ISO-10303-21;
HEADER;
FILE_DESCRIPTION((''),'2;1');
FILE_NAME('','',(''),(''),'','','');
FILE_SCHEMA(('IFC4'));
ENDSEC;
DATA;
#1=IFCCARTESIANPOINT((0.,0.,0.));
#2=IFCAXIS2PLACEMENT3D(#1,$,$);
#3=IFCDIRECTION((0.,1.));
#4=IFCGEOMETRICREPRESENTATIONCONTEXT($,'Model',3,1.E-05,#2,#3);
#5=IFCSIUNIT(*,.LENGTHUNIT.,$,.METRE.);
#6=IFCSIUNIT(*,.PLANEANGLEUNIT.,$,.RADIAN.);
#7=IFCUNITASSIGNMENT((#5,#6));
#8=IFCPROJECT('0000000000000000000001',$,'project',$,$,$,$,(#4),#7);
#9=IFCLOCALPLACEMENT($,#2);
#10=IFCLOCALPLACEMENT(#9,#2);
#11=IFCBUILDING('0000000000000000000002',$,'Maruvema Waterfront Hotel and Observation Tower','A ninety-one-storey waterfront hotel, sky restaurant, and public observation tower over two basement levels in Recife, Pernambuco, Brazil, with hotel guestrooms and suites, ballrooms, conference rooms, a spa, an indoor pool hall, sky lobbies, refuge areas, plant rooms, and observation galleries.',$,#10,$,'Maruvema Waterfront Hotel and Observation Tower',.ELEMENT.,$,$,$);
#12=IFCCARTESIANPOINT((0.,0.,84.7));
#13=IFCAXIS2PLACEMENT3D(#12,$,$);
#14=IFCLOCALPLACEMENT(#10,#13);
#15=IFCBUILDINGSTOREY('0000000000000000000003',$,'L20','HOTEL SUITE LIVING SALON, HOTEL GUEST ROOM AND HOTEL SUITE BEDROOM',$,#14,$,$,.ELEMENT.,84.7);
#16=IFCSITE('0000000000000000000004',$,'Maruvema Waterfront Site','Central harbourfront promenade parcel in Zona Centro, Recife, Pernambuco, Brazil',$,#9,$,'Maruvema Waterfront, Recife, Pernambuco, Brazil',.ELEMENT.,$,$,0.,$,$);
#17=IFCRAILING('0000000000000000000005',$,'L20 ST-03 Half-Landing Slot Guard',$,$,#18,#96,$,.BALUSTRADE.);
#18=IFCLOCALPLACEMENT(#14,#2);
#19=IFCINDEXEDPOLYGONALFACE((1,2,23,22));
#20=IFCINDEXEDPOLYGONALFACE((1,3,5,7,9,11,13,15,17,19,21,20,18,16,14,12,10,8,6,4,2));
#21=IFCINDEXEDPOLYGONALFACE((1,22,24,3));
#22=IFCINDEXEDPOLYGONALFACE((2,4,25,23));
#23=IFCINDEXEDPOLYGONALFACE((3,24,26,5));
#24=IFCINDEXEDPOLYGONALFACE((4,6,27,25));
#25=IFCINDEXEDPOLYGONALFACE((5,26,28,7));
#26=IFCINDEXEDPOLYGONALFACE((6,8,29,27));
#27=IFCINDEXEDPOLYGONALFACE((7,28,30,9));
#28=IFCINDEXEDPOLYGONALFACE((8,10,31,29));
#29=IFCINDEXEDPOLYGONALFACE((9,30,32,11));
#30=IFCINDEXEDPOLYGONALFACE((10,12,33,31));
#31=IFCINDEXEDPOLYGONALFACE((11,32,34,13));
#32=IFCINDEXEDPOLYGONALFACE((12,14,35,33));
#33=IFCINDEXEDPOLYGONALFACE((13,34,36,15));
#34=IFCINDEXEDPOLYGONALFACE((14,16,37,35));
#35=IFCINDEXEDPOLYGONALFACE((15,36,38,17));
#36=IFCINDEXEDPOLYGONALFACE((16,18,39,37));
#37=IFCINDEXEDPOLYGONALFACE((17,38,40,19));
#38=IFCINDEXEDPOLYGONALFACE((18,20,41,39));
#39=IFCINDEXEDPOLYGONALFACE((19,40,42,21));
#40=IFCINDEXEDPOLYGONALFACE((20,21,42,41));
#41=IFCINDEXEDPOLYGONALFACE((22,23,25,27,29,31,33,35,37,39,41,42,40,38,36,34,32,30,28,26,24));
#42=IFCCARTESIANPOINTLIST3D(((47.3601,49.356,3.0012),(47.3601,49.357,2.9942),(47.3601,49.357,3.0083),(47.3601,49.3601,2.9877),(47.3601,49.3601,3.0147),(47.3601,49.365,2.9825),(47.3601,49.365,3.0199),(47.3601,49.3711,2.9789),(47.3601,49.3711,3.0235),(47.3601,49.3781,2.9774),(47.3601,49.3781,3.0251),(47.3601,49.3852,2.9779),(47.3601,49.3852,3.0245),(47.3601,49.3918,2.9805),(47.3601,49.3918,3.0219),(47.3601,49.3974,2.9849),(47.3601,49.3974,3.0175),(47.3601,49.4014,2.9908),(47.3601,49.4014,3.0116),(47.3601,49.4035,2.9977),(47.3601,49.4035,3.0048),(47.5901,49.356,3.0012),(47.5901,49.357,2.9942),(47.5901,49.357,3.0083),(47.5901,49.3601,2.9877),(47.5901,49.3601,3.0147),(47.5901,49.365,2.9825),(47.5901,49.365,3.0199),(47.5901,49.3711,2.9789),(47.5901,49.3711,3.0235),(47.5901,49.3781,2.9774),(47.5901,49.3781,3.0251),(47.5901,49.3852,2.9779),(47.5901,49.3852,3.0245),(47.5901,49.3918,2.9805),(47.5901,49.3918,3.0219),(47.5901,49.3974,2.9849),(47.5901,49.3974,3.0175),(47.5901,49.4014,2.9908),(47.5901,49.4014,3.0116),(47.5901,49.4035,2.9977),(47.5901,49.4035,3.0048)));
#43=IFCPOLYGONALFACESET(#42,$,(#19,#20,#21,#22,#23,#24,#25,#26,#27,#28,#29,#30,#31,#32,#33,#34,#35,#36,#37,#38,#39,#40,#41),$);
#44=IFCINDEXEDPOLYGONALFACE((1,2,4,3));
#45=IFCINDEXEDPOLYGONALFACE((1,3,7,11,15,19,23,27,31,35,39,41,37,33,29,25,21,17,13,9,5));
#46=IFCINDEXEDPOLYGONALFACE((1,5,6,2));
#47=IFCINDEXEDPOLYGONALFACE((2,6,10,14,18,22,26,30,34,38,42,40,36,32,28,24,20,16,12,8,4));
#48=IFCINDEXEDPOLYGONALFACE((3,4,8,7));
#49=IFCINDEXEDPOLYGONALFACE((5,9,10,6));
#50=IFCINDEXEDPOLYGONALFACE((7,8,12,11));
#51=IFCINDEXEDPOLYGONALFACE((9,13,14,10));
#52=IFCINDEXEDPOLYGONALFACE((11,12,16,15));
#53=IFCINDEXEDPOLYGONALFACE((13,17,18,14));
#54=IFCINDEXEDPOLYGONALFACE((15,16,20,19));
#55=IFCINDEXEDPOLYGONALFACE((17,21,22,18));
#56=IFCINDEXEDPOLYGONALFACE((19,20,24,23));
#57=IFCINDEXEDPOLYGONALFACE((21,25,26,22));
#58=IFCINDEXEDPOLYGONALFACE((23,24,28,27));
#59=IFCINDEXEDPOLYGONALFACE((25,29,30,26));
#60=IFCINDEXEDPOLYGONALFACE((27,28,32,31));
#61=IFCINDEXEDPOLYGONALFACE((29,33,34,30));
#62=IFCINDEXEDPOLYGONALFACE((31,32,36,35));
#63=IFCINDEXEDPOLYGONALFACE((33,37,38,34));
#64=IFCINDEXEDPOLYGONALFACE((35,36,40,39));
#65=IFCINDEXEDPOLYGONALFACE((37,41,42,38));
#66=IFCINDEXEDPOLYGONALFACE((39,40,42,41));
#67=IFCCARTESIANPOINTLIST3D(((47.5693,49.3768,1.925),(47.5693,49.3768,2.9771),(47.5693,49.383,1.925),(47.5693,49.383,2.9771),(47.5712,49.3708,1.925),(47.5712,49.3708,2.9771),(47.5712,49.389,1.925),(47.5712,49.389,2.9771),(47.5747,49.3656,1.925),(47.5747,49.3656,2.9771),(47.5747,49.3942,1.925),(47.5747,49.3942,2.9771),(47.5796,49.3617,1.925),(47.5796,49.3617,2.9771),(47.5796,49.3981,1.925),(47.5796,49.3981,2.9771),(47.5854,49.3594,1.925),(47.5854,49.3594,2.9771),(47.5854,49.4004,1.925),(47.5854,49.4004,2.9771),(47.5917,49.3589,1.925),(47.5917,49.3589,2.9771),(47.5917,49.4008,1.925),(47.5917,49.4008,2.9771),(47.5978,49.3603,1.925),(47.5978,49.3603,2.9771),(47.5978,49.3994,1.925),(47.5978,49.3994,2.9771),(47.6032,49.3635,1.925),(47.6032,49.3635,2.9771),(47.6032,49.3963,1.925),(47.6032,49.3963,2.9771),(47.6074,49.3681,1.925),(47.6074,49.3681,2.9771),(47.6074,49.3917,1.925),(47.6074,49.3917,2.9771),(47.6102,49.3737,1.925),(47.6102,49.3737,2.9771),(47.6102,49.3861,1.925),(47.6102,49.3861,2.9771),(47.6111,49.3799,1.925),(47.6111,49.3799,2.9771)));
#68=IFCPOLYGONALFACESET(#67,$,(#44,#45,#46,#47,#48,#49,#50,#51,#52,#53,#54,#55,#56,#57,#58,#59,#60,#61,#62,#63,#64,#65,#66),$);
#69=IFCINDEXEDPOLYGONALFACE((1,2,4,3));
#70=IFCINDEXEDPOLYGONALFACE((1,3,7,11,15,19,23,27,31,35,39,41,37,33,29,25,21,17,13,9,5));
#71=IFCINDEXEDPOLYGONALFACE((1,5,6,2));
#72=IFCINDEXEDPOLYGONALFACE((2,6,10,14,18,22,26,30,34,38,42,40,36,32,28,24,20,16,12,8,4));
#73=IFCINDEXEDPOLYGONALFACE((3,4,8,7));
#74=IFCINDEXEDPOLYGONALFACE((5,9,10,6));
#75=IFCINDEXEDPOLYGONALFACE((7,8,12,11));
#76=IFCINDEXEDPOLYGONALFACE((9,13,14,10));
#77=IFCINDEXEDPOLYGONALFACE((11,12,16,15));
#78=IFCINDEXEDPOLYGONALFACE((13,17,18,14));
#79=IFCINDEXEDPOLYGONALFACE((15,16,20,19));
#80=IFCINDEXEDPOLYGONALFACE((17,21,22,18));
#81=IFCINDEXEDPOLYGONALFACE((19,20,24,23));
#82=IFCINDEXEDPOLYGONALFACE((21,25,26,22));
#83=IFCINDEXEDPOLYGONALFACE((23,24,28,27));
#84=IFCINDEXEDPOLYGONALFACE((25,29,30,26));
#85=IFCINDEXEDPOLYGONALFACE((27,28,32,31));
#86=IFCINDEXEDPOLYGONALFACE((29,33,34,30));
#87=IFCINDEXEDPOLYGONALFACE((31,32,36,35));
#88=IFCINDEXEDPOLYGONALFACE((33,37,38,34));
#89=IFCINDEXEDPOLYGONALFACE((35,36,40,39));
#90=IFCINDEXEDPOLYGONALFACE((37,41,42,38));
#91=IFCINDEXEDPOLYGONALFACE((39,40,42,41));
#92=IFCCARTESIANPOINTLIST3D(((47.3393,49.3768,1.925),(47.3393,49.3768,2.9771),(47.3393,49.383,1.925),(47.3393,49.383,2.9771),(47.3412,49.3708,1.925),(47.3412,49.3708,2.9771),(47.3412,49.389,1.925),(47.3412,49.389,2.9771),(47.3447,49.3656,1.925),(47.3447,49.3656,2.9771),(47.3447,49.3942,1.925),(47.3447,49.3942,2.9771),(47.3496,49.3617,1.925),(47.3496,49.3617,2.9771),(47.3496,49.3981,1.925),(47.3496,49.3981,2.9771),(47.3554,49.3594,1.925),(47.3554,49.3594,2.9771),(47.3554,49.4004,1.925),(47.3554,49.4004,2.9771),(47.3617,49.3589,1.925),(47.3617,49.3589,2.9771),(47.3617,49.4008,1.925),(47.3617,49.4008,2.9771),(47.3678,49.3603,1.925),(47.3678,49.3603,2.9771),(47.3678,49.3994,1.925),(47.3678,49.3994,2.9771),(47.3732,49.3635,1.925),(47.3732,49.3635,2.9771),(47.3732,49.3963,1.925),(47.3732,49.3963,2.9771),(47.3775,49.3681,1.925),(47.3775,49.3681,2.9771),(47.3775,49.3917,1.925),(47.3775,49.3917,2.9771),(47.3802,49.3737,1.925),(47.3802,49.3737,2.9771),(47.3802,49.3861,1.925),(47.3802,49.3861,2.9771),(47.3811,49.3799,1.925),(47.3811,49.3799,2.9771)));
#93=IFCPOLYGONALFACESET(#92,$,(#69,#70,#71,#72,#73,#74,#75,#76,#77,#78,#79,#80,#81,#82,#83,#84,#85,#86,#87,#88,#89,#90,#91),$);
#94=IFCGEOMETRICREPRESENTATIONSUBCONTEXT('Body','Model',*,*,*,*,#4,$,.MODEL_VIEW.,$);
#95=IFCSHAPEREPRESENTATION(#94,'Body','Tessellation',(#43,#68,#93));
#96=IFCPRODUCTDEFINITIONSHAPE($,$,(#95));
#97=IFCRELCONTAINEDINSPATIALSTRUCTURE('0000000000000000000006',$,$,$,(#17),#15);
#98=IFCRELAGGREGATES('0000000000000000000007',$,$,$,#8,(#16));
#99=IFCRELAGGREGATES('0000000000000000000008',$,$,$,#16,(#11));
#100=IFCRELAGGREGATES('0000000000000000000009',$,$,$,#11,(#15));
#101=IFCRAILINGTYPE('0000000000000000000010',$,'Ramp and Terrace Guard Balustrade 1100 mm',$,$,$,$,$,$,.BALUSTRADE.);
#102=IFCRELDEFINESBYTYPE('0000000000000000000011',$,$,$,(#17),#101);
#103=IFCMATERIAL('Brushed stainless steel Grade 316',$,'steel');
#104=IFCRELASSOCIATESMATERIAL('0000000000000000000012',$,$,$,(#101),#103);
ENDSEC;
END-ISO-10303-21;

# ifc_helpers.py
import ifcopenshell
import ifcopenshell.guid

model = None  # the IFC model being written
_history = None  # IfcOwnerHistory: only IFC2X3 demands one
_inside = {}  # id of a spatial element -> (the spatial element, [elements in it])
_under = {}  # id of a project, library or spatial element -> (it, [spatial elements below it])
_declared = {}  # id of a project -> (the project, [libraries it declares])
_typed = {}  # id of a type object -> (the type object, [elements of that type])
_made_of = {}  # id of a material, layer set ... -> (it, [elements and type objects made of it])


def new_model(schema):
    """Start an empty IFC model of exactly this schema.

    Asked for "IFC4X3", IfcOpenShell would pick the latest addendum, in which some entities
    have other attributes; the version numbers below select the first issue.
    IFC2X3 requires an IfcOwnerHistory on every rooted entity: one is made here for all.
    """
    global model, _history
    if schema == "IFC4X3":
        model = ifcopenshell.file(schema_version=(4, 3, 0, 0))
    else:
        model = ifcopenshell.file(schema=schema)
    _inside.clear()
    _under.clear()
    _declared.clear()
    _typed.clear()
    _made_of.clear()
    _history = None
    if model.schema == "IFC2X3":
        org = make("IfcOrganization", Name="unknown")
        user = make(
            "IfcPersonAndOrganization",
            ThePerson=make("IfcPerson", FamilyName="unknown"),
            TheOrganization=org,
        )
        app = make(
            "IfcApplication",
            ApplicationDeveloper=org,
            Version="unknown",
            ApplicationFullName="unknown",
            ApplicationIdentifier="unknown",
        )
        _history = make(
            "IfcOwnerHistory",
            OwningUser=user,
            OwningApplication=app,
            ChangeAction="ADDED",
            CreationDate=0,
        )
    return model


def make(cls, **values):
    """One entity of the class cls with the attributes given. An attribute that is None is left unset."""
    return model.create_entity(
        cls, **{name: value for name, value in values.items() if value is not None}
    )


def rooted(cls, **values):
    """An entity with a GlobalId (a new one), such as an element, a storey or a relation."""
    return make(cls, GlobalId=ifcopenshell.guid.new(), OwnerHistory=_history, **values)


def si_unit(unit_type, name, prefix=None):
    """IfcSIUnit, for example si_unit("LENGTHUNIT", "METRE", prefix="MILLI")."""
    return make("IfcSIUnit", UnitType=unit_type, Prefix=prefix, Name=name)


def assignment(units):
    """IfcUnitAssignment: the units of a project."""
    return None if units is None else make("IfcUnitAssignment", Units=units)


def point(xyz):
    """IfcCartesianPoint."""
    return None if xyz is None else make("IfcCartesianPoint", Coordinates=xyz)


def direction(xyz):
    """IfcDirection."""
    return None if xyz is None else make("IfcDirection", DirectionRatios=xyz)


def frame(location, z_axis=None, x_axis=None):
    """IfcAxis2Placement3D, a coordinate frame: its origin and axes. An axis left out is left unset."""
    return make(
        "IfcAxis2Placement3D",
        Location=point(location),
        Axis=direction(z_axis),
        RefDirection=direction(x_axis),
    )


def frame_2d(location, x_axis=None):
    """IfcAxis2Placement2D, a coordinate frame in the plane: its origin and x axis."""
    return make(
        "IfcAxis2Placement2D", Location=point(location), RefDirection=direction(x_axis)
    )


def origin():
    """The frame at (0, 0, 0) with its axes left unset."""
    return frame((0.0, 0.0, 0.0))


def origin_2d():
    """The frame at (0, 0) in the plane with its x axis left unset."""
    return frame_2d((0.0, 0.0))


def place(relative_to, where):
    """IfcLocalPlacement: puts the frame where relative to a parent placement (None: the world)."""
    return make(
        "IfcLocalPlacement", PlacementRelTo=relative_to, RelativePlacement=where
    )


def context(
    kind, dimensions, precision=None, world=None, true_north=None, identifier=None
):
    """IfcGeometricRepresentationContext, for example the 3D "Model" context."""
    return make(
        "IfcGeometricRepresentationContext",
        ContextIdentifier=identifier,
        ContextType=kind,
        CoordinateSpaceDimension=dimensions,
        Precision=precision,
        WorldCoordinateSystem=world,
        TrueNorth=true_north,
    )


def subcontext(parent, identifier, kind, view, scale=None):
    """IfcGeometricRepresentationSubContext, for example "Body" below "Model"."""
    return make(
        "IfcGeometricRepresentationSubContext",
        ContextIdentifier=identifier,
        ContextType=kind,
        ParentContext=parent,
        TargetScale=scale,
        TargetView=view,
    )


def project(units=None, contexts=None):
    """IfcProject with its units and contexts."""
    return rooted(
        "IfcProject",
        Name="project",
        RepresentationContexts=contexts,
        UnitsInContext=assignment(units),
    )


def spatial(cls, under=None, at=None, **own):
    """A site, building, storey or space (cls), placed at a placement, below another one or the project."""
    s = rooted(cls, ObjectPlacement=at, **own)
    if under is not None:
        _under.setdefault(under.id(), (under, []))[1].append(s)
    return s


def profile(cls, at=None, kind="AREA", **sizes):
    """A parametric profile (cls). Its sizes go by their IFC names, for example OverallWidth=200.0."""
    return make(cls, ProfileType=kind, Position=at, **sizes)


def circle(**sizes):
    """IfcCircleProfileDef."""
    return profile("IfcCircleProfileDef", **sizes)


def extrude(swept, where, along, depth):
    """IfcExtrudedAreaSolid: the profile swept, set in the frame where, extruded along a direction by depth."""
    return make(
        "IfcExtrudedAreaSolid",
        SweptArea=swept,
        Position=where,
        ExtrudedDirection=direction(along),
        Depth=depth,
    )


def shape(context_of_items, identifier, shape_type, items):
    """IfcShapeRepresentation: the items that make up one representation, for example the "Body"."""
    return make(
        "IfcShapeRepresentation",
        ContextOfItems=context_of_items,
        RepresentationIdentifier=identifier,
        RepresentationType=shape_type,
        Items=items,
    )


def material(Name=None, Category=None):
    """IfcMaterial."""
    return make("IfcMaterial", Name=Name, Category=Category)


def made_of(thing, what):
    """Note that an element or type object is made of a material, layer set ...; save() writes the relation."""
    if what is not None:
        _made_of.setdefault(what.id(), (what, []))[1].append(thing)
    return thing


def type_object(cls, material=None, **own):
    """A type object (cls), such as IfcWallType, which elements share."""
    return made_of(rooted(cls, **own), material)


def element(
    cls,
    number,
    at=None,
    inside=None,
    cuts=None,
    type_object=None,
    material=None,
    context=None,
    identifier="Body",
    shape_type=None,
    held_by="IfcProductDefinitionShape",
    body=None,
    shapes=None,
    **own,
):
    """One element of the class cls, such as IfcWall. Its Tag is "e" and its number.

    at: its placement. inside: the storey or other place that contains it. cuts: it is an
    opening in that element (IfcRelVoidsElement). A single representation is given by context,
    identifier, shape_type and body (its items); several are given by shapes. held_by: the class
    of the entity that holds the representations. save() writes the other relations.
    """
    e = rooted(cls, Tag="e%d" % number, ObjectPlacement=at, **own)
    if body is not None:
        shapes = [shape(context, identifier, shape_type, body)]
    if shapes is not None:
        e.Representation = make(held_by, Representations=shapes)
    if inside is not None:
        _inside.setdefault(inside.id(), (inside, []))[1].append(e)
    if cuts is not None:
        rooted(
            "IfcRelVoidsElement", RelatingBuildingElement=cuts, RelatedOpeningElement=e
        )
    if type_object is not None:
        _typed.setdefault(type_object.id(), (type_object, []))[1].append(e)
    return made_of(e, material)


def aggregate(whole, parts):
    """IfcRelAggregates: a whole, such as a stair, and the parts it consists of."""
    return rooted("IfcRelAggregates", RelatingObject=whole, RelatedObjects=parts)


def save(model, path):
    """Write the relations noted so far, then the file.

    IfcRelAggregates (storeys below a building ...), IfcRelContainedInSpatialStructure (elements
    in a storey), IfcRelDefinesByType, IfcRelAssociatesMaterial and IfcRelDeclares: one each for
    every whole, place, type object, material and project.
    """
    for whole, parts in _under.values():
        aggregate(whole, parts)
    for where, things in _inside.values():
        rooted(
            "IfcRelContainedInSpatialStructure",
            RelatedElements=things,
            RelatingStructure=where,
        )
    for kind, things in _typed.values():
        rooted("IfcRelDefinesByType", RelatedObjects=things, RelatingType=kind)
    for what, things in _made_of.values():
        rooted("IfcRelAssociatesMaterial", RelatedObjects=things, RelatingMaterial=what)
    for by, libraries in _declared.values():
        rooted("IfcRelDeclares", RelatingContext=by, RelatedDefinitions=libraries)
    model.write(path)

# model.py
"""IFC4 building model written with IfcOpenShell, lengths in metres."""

from ifc_helpers import new_model, si_unit, direction, frame, origin, origin_2d, place, context, subcontext, project, spatial, circle, extrude, material, type_object, element, save


model = new_model("IFC4")

# Units and contexts
model_context = context("Model", 3, precision=1e-05, world=origin(), true_north=direction((0.0, 1.0)))
body_context = subcontext(model_context, "Body", "Model", "MODEL_VIEW")
ifc_project = project(units=[si_unit("LENGTHUNIT", "METRE"), si_unit("PLANEANGLEUNIT", "RADIAN")], contexts=[model_context])

# Site, building, storey
site_placement = place(None, origin())
site = spatial("IfcSite", under=ifc_project, at=site_placement, Name="Maruvema Waterfront Site", Description="Central harbourfront promenade parcel in Zona Centro, Recife, Pernambuco, Brazil", LongName="Maruvema Waterfront, Recife, Pernambuco, Brazil", CompositionType="ELEMENT", RefElevation=0.0)
building_placement = place(site_placement, origin())
building = spatial("IfcBuilding", under=site, at=building_placement, Name="Maruvema Waterfront Hotel and Observation Tower", Description="A ninety-one-storey waterfront hotel, sky restaurant, and public observation tower over two basement levels in Recife, Pernambuco, Brazil, with hotel guestrooms and suites, ballrooms, conference rooms, a spa, an indoor pool hall, sky lobbies, refuge areas, plant rooms, and observation galleries.", LongName="Maruvema Waterfront Hotel and Observation Tower", CompositionType="ELEMENT")
storey_placement = place(building_placement, frame((0.0, 0.0, 84.7)))
storey = spatial("IfcBuildingStorey", under=building, at=storey_placement, Name="L20", Description="HOTEL SUITE LIVING SALON, HOTEL GUEST ROOM AND HOTEL SUITE BEDROOM", CompositionType="ELEMENT", Elevation=84.7)

# Railing
ifc_material_1 = material(Name="Brushed stainless steel Grade 316", Category="steel")
railing_type_1 = type_object("IfcRailingType", Name="Ramp and Terrace Guard Balustrade 1100 mm", PredefinedType="BALUSTRADE", material=ifc_material_1)
railing_1_placement = place(storey_placement, frame((47.5901, 49.3799, 1.925)))
element("IfcRailing", 1, at=railing_1_placement, inside=storey, type_object=railing_type_1, Name="L20 ST-03 Half-Landing Slot Guard", PredefinedType="BALUSTRADE", context=body_context, shape_type="SweptSolid", body=[
    extrude(circle(Radius=0.0239, at=origin_2d()), frame((0.0, 0.0, 1.0762), z_axis=(-1.0, 0.0, 0.0), x_axis=(0.0, -1.0, 0.0)), (0.0, 0.0, 1.0), 0.23),
    extrude(circle(Radius=0.021, at=origin_2d()), origin(), (0.0, 0.0, 1.0), 1.052),
    extrude(circle(Radius=0.021, at=origin_2d()), frame((-0.23, 0.0, 0.0)), (0.0, 0.0, 1.0), 1.052),
])

save(model, "model.ifc")
